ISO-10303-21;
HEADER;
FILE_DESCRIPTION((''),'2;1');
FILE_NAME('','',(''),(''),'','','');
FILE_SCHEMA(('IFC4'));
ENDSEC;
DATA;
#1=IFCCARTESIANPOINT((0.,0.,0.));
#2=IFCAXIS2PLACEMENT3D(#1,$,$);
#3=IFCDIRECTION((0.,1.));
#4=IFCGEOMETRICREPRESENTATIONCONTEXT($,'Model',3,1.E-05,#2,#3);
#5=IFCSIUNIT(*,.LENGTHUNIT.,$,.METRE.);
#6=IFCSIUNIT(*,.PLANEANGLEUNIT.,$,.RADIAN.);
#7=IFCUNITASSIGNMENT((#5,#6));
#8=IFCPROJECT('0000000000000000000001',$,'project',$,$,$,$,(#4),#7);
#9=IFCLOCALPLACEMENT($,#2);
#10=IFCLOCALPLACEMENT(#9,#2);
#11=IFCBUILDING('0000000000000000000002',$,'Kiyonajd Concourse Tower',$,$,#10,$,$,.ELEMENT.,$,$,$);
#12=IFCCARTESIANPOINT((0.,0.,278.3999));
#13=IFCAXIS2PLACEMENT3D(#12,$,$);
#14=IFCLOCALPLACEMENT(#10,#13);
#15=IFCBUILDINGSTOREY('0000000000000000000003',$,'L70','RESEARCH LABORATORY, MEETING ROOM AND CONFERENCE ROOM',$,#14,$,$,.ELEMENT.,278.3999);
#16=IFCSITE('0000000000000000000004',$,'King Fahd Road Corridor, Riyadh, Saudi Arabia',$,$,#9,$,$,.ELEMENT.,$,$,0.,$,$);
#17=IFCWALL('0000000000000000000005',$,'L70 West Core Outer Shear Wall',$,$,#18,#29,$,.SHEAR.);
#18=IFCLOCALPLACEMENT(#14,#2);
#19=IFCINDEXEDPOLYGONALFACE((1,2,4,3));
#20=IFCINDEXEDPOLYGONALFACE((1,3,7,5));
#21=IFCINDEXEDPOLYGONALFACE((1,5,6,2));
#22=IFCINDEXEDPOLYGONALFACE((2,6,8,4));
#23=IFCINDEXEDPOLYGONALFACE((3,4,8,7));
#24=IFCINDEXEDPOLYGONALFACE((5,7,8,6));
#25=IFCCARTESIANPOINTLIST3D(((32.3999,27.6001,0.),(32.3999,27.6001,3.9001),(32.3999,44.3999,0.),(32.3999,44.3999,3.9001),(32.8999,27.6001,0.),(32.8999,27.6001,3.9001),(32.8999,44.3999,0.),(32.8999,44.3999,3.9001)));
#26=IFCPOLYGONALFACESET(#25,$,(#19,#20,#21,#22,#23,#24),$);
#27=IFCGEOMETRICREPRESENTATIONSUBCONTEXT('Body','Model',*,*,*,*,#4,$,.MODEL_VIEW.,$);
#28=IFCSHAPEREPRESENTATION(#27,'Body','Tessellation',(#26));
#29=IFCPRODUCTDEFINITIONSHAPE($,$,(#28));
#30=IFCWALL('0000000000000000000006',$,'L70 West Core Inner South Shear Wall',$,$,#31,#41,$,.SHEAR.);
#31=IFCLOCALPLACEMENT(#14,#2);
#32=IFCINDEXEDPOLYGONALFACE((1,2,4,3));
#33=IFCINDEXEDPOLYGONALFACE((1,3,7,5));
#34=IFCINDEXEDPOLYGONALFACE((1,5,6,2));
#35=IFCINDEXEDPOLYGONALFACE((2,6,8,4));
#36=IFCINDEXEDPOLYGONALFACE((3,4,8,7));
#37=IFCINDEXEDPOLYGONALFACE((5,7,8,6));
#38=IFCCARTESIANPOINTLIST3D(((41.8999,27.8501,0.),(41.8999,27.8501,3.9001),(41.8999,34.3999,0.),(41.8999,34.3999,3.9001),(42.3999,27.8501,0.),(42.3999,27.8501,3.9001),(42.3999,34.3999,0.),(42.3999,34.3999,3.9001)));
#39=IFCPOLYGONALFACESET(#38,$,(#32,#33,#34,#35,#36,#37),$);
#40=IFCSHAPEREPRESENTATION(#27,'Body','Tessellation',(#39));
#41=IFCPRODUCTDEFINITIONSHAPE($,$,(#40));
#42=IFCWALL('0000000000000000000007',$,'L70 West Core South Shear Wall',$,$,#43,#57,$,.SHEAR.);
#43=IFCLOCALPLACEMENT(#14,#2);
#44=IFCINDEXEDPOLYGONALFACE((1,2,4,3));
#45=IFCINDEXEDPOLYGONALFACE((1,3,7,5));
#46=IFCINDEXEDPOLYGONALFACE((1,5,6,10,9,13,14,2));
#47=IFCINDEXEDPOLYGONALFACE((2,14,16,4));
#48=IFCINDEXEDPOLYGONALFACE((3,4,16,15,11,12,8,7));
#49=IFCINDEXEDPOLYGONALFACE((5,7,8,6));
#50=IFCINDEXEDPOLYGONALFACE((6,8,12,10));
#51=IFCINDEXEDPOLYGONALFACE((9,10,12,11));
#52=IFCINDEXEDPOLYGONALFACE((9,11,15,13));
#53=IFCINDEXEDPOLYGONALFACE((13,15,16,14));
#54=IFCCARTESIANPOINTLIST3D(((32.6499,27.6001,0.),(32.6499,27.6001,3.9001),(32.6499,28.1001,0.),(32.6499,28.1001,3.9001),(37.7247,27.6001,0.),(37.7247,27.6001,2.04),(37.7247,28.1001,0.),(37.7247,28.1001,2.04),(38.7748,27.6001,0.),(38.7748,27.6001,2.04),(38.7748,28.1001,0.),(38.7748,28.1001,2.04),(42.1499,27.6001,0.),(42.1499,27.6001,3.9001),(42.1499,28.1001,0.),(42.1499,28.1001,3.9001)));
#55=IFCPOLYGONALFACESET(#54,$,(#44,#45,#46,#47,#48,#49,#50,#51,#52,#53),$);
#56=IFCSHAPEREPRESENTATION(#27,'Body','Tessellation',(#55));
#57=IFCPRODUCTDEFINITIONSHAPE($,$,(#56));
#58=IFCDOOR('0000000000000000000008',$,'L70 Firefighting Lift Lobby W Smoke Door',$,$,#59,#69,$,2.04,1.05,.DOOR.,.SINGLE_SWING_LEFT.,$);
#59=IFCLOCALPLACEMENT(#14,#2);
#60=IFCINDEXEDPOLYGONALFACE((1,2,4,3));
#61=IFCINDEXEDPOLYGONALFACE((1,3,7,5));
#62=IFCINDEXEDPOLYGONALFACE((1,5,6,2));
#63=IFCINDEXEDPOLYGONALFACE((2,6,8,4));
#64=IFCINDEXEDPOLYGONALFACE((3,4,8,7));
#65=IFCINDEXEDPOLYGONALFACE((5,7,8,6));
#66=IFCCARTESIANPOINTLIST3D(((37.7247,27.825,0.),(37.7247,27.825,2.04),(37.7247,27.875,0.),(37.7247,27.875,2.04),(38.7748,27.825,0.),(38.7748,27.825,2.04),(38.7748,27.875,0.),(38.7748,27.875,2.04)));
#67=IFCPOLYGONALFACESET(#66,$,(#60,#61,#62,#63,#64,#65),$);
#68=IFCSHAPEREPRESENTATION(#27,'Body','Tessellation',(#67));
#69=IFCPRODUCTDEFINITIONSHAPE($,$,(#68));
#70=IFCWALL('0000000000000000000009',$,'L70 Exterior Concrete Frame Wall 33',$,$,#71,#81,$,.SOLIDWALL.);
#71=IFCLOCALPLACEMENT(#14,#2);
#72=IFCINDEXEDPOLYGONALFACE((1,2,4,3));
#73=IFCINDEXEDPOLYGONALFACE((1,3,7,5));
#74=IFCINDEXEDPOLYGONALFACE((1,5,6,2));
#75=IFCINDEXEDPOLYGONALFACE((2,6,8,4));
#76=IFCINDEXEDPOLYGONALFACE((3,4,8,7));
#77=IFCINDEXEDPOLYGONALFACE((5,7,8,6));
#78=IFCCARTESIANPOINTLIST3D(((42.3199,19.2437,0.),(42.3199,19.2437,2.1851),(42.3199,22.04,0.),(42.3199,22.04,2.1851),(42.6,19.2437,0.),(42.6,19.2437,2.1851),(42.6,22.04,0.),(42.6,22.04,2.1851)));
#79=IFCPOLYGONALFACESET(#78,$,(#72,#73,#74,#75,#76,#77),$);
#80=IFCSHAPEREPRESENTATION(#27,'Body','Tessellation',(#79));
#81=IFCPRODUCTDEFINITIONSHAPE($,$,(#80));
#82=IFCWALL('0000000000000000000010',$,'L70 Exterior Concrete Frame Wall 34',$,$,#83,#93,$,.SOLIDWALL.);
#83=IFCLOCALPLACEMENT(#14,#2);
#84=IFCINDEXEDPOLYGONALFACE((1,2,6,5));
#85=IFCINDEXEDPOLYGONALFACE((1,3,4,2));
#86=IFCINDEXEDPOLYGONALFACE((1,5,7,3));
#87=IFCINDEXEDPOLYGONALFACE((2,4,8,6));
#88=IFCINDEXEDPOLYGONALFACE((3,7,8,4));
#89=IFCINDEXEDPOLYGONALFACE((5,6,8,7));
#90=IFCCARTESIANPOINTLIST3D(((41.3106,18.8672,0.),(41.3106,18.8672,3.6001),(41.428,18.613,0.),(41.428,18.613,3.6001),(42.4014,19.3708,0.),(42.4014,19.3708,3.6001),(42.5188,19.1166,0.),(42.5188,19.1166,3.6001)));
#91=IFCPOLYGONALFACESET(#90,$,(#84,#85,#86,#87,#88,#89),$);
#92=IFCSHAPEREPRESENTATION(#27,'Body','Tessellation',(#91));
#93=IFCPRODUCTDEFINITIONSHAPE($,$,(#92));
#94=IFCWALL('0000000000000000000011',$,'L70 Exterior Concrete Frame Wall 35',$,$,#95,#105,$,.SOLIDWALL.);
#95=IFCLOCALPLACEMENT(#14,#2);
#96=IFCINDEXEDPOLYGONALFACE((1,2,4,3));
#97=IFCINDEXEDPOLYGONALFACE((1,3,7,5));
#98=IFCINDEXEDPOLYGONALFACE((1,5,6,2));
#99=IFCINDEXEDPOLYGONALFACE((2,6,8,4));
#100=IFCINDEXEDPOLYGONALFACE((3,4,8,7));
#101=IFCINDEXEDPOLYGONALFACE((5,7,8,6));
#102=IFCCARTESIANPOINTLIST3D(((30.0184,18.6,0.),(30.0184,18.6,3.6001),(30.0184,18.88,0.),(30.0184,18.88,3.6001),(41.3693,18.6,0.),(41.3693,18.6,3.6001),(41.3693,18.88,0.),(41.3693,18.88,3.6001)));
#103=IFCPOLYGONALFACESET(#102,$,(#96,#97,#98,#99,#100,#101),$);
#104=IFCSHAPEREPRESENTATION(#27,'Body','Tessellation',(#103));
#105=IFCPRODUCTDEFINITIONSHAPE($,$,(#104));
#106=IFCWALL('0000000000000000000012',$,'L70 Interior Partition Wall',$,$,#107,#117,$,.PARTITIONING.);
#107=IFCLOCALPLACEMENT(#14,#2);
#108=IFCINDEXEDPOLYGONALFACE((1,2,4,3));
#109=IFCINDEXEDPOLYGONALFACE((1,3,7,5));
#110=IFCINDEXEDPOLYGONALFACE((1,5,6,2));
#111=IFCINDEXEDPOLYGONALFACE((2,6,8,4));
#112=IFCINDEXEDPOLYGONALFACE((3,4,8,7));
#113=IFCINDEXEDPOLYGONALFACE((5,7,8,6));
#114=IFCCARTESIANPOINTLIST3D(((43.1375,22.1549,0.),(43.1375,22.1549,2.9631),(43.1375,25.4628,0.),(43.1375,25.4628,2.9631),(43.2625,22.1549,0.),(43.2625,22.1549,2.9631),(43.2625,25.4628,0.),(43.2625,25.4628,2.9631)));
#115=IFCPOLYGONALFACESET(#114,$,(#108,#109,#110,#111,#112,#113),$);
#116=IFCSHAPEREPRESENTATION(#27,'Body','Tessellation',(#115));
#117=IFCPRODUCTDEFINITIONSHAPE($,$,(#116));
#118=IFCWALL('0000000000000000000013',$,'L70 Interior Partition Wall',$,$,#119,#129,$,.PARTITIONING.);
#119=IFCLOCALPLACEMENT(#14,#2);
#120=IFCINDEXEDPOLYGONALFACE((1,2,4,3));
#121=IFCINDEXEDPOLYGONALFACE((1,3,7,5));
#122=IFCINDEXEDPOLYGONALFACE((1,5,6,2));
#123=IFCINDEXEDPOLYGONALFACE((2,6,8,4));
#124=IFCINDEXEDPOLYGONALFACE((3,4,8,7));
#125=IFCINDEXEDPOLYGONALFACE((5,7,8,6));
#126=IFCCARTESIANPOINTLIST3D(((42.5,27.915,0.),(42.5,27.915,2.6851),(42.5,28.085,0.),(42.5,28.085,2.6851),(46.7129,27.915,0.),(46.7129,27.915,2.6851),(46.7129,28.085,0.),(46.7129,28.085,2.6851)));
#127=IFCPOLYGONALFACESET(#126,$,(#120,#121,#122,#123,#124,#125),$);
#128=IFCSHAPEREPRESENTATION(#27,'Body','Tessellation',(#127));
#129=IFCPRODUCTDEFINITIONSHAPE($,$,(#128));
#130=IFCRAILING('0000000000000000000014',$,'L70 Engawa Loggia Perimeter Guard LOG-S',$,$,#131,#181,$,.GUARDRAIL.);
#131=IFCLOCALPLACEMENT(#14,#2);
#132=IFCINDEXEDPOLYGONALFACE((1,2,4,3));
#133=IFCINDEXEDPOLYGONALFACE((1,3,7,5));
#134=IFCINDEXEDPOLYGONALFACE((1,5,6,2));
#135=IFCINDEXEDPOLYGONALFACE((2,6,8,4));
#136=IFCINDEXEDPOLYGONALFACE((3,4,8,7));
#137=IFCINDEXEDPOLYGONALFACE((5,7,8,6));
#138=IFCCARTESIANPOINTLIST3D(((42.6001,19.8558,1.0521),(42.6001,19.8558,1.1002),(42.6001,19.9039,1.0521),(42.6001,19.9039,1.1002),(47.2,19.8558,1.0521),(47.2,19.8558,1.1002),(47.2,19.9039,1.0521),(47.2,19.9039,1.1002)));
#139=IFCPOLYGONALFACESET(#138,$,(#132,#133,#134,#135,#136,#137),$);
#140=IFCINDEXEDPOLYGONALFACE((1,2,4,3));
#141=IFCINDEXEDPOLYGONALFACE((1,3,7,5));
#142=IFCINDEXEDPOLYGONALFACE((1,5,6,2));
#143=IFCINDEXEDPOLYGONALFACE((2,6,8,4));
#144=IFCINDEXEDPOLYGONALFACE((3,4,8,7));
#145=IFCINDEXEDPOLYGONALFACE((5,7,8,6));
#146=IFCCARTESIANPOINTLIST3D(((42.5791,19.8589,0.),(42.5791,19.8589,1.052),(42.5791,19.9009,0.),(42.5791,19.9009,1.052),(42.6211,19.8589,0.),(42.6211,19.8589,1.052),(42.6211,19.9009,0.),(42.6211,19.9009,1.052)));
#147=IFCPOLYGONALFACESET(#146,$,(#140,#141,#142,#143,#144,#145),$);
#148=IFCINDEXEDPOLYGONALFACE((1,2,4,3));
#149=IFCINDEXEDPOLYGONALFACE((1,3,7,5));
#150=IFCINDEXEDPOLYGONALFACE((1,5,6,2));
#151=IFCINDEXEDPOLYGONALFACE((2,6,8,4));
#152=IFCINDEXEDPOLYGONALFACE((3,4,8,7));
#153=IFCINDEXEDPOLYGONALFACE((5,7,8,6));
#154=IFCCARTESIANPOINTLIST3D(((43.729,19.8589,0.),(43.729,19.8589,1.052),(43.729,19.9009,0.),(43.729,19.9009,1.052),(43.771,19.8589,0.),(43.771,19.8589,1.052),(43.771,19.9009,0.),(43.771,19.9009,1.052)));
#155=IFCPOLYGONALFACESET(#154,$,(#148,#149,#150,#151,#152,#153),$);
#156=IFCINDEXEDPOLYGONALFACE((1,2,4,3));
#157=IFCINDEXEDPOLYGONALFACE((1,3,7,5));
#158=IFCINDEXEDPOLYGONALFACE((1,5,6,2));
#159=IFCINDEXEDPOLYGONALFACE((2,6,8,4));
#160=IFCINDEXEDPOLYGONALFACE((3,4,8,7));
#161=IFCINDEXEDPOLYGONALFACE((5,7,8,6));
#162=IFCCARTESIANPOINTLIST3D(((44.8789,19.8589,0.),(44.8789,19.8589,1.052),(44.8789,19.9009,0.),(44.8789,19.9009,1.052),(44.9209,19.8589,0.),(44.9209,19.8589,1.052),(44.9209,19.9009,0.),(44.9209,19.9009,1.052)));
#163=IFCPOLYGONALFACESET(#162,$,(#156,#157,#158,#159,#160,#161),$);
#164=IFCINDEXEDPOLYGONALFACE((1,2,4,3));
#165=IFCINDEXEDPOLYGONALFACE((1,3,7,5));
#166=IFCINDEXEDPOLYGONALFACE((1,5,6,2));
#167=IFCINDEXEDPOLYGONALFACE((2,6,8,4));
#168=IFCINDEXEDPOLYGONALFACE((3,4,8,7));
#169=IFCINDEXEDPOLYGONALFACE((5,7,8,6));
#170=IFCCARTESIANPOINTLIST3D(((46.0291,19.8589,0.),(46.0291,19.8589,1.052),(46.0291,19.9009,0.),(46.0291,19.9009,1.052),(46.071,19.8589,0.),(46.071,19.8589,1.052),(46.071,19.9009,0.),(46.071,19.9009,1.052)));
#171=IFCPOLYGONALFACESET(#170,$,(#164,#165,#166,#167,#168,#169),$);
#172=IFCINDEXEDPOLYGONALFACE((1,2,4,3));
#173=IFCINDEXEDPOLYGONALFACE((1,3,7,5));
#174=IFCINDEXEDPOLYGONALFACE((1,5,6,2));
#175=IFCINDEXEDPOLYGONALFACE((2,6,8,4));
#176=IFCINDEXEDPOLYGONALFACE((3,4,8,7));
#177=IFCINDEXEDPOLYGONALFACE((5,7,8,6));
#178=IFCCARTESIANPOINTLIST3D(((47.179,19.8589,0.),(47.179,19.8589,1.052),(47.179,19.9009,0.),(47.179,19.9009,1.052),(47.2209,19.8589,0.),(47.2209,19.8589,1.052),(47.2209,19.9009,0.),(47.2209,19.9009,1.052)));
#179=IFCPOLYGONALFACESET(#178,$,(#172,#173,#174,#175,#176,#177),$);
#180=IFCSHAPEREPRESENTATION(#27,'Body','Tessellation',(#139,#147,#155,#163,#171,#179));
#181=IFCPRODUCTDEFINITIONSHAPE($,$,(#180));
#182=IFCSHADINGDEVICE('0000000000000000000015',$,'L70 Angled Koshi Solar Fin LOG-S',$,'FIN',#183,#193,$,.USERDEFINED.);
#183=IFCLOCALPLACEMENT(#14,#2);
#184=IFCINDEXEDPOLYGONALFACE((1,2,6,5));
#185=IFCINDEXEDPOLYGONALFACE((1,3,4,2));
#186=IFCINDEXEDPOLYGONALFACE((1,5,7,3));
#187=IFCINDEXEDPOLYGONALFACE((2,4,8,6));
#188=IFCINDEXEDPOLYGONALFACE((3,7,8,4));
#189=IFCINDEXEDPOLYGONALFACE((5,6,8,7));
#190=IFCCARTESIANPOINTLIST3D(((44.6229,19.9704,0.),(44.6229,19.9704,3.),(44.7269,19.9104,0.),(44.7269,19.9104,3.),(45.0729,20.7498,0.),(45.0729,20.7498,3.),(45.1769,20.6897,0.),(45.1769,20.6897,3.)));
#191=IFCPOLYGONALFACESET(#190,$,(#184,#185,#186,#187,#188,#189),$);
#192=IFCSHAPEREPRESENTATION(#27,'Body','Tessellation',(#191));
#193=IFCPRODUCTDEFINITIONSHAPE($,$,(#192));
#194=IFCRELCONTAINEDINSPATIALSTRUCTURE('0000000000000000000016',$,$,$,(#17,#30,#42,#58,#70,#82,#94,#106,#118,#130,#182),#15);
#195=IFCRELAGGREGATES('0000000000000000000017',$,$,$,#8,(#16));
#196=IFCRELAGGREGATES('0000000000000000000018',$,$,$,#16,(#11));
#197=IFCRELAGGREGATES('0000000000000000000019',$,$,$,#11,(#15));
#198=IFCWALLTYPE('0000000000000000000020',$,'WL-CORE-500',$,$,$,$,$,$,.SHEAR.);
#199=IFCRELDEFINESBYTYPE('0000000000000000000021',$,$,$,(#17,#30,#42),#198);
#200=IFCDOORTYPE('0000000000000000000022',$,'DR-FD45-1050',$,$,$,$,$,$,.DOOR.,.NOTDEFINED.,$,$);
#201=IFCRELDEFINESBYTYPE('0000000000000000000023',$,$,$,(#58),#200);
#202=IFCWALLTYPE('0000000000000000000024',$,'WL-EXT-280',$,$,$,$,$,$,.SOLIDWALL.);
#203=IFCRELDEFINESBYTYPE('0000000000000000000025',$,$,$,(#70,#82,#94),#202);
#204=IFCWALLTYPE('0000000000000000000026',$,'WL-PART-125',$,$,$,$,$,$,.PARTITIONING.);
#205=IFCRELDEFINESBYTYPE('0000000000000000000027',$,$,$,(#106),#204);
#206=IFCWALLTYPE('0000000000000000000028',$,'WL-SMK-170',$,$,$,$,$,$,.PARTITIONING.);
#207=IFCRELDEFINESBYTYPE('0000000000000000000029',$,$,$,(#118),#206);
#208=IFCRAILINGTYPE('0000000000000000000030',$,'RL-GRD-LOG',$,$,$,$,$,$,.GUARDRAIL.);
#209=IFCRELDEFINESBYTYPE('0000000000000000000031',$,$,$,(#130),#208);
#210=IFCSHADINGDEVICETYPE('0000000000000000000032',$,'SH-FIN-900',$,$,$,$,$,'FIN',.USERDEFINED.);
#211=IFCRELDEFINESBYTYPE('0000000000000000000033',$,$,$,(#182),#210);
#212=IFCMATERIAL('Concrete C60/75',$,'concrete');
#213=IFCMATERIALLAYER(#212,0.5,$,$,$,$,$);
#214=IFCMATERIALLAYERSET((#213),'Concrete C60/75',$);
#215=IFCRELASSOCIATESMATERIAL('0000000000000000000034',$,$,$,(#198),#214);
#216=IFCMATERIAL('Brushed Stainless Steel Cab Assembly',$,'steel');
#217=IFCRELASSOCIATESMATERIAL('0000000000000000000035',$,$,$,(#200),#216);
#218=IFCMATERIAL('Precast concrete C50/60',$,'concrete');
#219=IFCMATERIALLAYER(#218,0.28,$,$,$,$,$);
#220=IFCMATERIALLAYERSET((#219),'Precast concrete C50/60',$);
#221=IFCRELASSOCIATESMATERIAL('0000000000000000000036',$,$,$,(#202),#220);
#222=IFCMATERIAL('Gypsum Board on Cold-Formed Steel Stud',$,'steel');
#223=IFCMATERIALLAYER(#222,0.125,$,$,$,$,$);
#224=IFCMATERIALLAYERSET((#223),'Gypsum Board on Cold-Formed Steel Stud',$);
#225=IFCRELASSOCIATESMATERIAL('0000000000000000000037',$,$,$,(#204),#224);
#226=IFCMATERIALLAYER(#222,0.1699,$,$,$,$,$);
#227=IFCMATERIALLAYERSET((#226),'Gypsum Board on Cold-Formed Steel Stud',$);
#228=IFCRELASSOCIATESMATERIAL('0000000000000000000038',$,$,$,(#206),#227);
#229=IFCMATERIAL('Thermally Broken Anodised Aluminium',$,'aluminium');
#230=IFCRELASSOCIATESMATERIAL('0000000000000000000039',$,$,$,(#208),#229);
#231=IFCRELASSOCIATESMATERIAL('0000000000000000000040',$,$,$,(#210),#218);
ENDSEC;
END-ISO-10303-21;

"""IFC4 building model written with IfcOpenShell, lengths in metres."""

from ifc_helpers import new_model, si_unit, direction, frame, frame_2d, origin, origin_2d, place, context, subcontext, project, spatial, rectangle, extrude, material, layer, layer_set, type_object, element, fill, save


model = new_model("IFC4")

# Units and contexts
model_context = context("Model", 3, precision=1e-05, world=origin(), true_north=direction((0.0, 1.0)))
body_context = subcontext(model_context, "Body", "Model", "MODEL_VIEW")
ifc_project = project(units=[si_unit("LENGTHUNIT", "METRE"), si_unit("PLANEANGLEUNIT", "RADIAN")], contexts=[model_context])

# Site, building, storey
site_placement = place(None, origin())
site = spatial("IfcSite", under=ifc_project, at=site_placement, Name="King Fahd Road Corridor, Riyadh, Saudi Arabia", CompositionType="ELEMENT", RefElevation=0.0)
building_placement = place(site_placement, origin())
building = spatial("IfcBuilding", under=site, at=building_placement, Name="Kiyonajd Concourse Tower", CompositionType="ELEMENT")
storey_placement = place(building_placement, frame((0.0, 0.0, 278.3999)))
storey = spatial("IfcBuildingStorey", under=building, at=storey_placement, Name="L70", Description="RESEARCH LABORATORY, MEETING ROOM AND CONFERENCE ROOM", CompositionType="ELEMENT", Elevation=278.3999)

# Shared definitions
ifc_material_1 = material(Name="Concrete C60/75", Category="concrete")

# Shared definitions
ifc_material_2 = material(Name="Thermally Broken Anodised Aluminium", Category="aluminium")

# Walls
ifc_layer_1 = layer(ifc_material_1, 0.5)
ifc_layer_set_1 = layer_set([ifc_layer_1], Name="Concrete C60/75")
wall_type_1 = type_object("IfcWallType", Name="WL-CORE-500", PredefinedType="SHEAR", material=ifc_layer_set_1)
wall_1_placement = place(storey_placement, frame((32.6499, 27.6001, 0.0), z_axis=(0.0, 0.0, 1.0), x_axis=(0.0, 1.0, 0.0)))
element("IfcWall", 1, at=wall_1_placement, inside=storey, type_object=wall_type_1, Name="L70 West Core Outer Shear Wall", PredefinedType="SHEAR", context=body_context, shape_type="SweptSolid", body=[
    extrude(rectangle(XDim=16.7998, YDim=0.5, at=frame_2d((8.3999, 0.0))), origin(), (0.0, 0.0, 1.0), 3.9001),
])
wall_2_placement = place(storey_placement, frame((42.1499, 27.8501, 0.0), z_axis=(0.0, 0.0, 1.0), x_axis=(0.0, 1.0, 0.0)))
element("IfcWall", 2, at=wall_2_placement, inside=storey, type_object=wall_type_1, Name="L70 West Core Inner South Shear Wall", PredefinedType="SHEAR", context=body_context, shape_type="SweptSolid", body=[
    extrude(rectangle(XDim=6.5498, YDim=0.5, at=frame_2d((3.2749, 0.0))), origin(), (0.0, 0.0, 1.0), 3.9001),
])

# Wall, opening, door
wall_3_placement = place(storey_placement, frame((32.6499, 27.8501, 0.0), z_axis=(0.0, 0.0, 1.0), x_axis=(1.0, 0.0, 0.0)))
wall_3 = element("IfcWall", 3, at=wall_3_placement, inside=storey, type_object=wall_type_1, Name="L70 West Core South Shear Wall", PredefinedType="SHEAR", context=body_context, shape_type="SweptSolid", body=[
    extrude(rectangle(XDim=9.5, YDim=0.5, at=frame_2d((4.75, 0.0))), origin(), (0.0, 0.0, 1.0), 3.9001),
])
opening_placement = place(wall_3_placement, frame((5.075, 0.0, 0.0)))
opening = element("IfcOpeningElement", 4, at=opening_placement, cuts=wall_3, PredefinedType="OPENING", context=body_context, shape_type="SweptSolid", body=[
    extrude(rectangle(XDim=1.05, YDim=2.04, at=frame_2d((0.5249, 1.02))), frame((0.0, 0.26, 0.0), z_axis=(0.0, -1.0, 0.0), x_axis=(1.0, 0.0, 0.0)), (0.0, 0.0, 1.0), 0.52),
])
ifc_material_3 = material(Name="Brushed Stainless Steel Cab Assembly", Category="steel")
door_type = type_object("IfcDoorType", Name="DR-FD45-1050", OperationType="NOTDEFINED", PredefinedType="DOOR", material=ifc_material_3)
door_placement = place(opening_placement, origin())
door = element("IfcDoor", 5, at=door_placement, inside=storey, type_object=door_type, Name="L70 Firefighting Lift Lobby W Smoke Door", OperationType="SINGLE_SWING_LEFT", OverallHeight=2.04, OverallWidth=1.05, PredefinedType="DOOR", context=body_context, shape_type="SweptSolid", body=[
    extrude(rectangle(XDim=1.05, YDim=2.04, at=frame_2d((0.5249, 1.02))), frame((0.0, 0.0249, 0.0), z_axis=(0.0, -1.0, 0.0), x_axis=(1.0, 0.0, 0.0)), (0.0, 0.0, 1.0), 0.05),
])
fill(opening, door)

# Walls
ifc_material_4 = material(Name="Precast concrete C50/60", Category="concrete")
ifc_layer_2 = layer(ifc_material_4, 0.28)
ifc_layer_set_2 = layer_set([ifc_layer_2], Name="Precast concrete C50/60")
wall_type_2 = type_object("IfcWallType", Name="WL-EXT-280", PredefinedType="SOLIDWALL", material=ifc_layer_set_2)
wall_4_placement = place(storey_placement, frame((42.46, 22.04, 0.0), z_axis=(0.0, 0.0, 1.0), x_axis=(0.0, -1.0, 0.0)))
element("IfcWall", 6, at=wall_4_placement, inside=storey, type_object=wall_type_2, Name="L70 Exterior Concrete Frame Wall 33", PredefinedType="SOLIDWALL", context=body_context, shape_type="SweptSolid", body=[
    extrude(rectangle(XDim=2.7964, YDim=0.28, at=frame_2d((1.3982, 0.0))), origin(), (0.0, 0.0, 1.0), 2.1851),
])
wall_5_placement = place(storey_placement, frame((42.46, 19.2437, 0.0), z_axis=(0.0, 0.0, 1.0), x_axis=(-0.907894, -0.4192, 0.0)))
element("IfcWall", 7, at=wall_5_placement, inside=storey, type_object=wall_type_2, Name="L70 Exterior Concrete Frame Wall 34", PredefinedType="SOLIDWALL", context=body_context, shape_type="SweptSolid", body=[
    extrude(rectangle(XDim=1.2014, YDim=0.28, at=frame_2d((0.6006, 0.0))), origin(), (0.0, 0.0, 1.0), 3.6001),
])
wall_6_placement = place(storey_placement, frame((41.3691, 18.74, 0.0), z_axis=(0.0, 0.0, 1.0), x_axis=(-1.0, 0.0, 0.0)))
element("IfcWall", 8, at=wall_6_placement, inside=storey, type_object=wall_type_2, Name="L70 Exterior Concrete Frame Wall 35", PredefinedType="SOLIDWALL", context=body_context, shape_type="SweptSolid", body=[
    extrude(rectangle(XDim=11.3508, YDim=0.28, at=frame_2d((5.6753, 0.0))), origin(), (0.0, 0.0, 1.0), 3.6001),
])
ifc_material_5 = material(Name="Gypsum Board on Cold-Formed Steel Stud", Category="steel")
ifc_layer_3 = layer(ifc_material_5, 0.125)
ifc_layer_set_3 = layer_set([ifc_layer_3], Name="Gypsum Board on Cold-Formed Steel Stud")
wall_type_3 = type_object("IfcWallType", Name="WL-PART-125", PredefinedType="PARTITIONING", material=ifc_layer_set_3)
wall_7_placement = place(storey_placement, frame((43.2, 22.155, 0.0), z_axis=(0.0, 0.0, 1.0), x_axis=(0.0, 1.0, 0.0)))
element("IfcWall", 9, at=wall_7_placement, inside=storey, type_object=wall_type_3, Name="L70 Interior Partition Wall", PredefinedType="PARTITIONING", context=body_context, shape_type="SweptSolid", body=[
    extrude(rectangle(XDim=3.3079, YDim=0.125, at=frame_2d((1.6538, 0.0))), origin(), (0.0, 0.0, 1.0), 2.9631),
])
ifc_layer_4 = layer(ifc_material_5, 0.1699)
ifc_layer_set_4 = layer_set([ifc_layer_4], Name="Gypsum Board on Cold-Formed Steel Stud")
wall_type_4 = type_object("IfcWallType", Name="WL-SMK-170", PredefinedType="PARTITIONING", material=ifc_layer_set_4)
wall_8_placement = place(storey_placement, frame((42.5, 28.0, 0.0), z_axis=(0.0, 0.0, 1.0), x_axis=(1.0, 0.0, 0.0)))
element("IfcWall", 10, at=wall_8_placement, inside=storey, type_object=wall_type_4, Name="L70 Interior Partition Wall", PredefinedType="PARTITIONING", context=body_context, shape_type="SweptSolid", body=[
    extrude(rectangle(XDim=4.2129, YDim=0.1699, at=frame_2d((2.1064, 0.0))), origin(), (0.0, 0.0, 1.0), 2.6851),
])

# Railing
railing_type = type_object("IfcRailingType", Name="RL-GRD-LOG", PredefinedType="GUARDRAIL", material=ifc_material_2)
railing_placement = place(storey_placement, frame((42.6001, 19.8799, 0.0)))
element("IfcRailing", 11, at=railing_placement, inside=storey, type_object=railing_type, Name="L70 Engawa Loggia Perimeter Guard LOG-S", PredefinedType="GUARDRAIL", context=body_context, shape_type="SweptSolid", body=[
    extrude(rectangle(XDim=0.0481, YDim=0.0481, at=origin_2d()), frame((0.0, 0.0, 1.0762), z_axis=(1.0, 0.0, 0.0), x_axis=(0.0, 1.0, 0.0)), (0.0, 0.0, 1.0), 4.5999),
    extrude(rectangle(XDim=0.042, YDim=0.042, at=origin_2d()), origin(), (0.0, 0.0, 1.0), 1.052),
    extrude(rectangle(XDim=0.042, YDim=0.042, at=origin_2d()), frame((1.1499, 0.0, 0.0)), (0.0, 0.0, 1.0), 1.052),
    extrude(rectangle(XDim=0.042, YDim=0.042, at=origin_2d()), frame((2.2998, 0.0, 0.0)), (0.0, 0.0, 1.0), 1.052),
    extrude(rectangle(XDim=0.042, YDim=0.042, at=origin_2d()), frame((3.45, 0.0, 0.0)), (0.0, 0.0, 1.0), 1.052),
    extrude(rectangle(XDim=0.042, YDim=0.042, at=origin_2d()), frame((4.5999, 0.0, 0.0)), (0.0, 0.0, 1.0), 1.052),
])

# Shading device
shading_device_type_1 = type_object("IfcShadingDeviceType", Name="SH-FIN-900", ElementType="FIN", PredefinedType="USERDEFINED", material=ifc_material_4)
shading_device_1_placement = place(storey_placement, frame((44.8999, 20.3301, 0.0), z_axis=(0.0, 0.0, 1.0), x_axis=(0.5, 0.866025, 0.0)))
element("IfcShadingDevice", 12, at=shading_device_1_placement, inside=storey, type_object=shading_device_type_1, Name="L70 Angled Koshi Solar Fin LOG-S", ObjectType="FIN", PredefinedType="USERDEFINED", context=body_context, shape_type="SweptSolid", body=[
    extrude(rectangle(XDim=0.8999, YDim=0.1201, at=origin_2d()), origin(), (0.0, 0.0, 1.0), 3.0),
])

save(model, "model.ifc")
